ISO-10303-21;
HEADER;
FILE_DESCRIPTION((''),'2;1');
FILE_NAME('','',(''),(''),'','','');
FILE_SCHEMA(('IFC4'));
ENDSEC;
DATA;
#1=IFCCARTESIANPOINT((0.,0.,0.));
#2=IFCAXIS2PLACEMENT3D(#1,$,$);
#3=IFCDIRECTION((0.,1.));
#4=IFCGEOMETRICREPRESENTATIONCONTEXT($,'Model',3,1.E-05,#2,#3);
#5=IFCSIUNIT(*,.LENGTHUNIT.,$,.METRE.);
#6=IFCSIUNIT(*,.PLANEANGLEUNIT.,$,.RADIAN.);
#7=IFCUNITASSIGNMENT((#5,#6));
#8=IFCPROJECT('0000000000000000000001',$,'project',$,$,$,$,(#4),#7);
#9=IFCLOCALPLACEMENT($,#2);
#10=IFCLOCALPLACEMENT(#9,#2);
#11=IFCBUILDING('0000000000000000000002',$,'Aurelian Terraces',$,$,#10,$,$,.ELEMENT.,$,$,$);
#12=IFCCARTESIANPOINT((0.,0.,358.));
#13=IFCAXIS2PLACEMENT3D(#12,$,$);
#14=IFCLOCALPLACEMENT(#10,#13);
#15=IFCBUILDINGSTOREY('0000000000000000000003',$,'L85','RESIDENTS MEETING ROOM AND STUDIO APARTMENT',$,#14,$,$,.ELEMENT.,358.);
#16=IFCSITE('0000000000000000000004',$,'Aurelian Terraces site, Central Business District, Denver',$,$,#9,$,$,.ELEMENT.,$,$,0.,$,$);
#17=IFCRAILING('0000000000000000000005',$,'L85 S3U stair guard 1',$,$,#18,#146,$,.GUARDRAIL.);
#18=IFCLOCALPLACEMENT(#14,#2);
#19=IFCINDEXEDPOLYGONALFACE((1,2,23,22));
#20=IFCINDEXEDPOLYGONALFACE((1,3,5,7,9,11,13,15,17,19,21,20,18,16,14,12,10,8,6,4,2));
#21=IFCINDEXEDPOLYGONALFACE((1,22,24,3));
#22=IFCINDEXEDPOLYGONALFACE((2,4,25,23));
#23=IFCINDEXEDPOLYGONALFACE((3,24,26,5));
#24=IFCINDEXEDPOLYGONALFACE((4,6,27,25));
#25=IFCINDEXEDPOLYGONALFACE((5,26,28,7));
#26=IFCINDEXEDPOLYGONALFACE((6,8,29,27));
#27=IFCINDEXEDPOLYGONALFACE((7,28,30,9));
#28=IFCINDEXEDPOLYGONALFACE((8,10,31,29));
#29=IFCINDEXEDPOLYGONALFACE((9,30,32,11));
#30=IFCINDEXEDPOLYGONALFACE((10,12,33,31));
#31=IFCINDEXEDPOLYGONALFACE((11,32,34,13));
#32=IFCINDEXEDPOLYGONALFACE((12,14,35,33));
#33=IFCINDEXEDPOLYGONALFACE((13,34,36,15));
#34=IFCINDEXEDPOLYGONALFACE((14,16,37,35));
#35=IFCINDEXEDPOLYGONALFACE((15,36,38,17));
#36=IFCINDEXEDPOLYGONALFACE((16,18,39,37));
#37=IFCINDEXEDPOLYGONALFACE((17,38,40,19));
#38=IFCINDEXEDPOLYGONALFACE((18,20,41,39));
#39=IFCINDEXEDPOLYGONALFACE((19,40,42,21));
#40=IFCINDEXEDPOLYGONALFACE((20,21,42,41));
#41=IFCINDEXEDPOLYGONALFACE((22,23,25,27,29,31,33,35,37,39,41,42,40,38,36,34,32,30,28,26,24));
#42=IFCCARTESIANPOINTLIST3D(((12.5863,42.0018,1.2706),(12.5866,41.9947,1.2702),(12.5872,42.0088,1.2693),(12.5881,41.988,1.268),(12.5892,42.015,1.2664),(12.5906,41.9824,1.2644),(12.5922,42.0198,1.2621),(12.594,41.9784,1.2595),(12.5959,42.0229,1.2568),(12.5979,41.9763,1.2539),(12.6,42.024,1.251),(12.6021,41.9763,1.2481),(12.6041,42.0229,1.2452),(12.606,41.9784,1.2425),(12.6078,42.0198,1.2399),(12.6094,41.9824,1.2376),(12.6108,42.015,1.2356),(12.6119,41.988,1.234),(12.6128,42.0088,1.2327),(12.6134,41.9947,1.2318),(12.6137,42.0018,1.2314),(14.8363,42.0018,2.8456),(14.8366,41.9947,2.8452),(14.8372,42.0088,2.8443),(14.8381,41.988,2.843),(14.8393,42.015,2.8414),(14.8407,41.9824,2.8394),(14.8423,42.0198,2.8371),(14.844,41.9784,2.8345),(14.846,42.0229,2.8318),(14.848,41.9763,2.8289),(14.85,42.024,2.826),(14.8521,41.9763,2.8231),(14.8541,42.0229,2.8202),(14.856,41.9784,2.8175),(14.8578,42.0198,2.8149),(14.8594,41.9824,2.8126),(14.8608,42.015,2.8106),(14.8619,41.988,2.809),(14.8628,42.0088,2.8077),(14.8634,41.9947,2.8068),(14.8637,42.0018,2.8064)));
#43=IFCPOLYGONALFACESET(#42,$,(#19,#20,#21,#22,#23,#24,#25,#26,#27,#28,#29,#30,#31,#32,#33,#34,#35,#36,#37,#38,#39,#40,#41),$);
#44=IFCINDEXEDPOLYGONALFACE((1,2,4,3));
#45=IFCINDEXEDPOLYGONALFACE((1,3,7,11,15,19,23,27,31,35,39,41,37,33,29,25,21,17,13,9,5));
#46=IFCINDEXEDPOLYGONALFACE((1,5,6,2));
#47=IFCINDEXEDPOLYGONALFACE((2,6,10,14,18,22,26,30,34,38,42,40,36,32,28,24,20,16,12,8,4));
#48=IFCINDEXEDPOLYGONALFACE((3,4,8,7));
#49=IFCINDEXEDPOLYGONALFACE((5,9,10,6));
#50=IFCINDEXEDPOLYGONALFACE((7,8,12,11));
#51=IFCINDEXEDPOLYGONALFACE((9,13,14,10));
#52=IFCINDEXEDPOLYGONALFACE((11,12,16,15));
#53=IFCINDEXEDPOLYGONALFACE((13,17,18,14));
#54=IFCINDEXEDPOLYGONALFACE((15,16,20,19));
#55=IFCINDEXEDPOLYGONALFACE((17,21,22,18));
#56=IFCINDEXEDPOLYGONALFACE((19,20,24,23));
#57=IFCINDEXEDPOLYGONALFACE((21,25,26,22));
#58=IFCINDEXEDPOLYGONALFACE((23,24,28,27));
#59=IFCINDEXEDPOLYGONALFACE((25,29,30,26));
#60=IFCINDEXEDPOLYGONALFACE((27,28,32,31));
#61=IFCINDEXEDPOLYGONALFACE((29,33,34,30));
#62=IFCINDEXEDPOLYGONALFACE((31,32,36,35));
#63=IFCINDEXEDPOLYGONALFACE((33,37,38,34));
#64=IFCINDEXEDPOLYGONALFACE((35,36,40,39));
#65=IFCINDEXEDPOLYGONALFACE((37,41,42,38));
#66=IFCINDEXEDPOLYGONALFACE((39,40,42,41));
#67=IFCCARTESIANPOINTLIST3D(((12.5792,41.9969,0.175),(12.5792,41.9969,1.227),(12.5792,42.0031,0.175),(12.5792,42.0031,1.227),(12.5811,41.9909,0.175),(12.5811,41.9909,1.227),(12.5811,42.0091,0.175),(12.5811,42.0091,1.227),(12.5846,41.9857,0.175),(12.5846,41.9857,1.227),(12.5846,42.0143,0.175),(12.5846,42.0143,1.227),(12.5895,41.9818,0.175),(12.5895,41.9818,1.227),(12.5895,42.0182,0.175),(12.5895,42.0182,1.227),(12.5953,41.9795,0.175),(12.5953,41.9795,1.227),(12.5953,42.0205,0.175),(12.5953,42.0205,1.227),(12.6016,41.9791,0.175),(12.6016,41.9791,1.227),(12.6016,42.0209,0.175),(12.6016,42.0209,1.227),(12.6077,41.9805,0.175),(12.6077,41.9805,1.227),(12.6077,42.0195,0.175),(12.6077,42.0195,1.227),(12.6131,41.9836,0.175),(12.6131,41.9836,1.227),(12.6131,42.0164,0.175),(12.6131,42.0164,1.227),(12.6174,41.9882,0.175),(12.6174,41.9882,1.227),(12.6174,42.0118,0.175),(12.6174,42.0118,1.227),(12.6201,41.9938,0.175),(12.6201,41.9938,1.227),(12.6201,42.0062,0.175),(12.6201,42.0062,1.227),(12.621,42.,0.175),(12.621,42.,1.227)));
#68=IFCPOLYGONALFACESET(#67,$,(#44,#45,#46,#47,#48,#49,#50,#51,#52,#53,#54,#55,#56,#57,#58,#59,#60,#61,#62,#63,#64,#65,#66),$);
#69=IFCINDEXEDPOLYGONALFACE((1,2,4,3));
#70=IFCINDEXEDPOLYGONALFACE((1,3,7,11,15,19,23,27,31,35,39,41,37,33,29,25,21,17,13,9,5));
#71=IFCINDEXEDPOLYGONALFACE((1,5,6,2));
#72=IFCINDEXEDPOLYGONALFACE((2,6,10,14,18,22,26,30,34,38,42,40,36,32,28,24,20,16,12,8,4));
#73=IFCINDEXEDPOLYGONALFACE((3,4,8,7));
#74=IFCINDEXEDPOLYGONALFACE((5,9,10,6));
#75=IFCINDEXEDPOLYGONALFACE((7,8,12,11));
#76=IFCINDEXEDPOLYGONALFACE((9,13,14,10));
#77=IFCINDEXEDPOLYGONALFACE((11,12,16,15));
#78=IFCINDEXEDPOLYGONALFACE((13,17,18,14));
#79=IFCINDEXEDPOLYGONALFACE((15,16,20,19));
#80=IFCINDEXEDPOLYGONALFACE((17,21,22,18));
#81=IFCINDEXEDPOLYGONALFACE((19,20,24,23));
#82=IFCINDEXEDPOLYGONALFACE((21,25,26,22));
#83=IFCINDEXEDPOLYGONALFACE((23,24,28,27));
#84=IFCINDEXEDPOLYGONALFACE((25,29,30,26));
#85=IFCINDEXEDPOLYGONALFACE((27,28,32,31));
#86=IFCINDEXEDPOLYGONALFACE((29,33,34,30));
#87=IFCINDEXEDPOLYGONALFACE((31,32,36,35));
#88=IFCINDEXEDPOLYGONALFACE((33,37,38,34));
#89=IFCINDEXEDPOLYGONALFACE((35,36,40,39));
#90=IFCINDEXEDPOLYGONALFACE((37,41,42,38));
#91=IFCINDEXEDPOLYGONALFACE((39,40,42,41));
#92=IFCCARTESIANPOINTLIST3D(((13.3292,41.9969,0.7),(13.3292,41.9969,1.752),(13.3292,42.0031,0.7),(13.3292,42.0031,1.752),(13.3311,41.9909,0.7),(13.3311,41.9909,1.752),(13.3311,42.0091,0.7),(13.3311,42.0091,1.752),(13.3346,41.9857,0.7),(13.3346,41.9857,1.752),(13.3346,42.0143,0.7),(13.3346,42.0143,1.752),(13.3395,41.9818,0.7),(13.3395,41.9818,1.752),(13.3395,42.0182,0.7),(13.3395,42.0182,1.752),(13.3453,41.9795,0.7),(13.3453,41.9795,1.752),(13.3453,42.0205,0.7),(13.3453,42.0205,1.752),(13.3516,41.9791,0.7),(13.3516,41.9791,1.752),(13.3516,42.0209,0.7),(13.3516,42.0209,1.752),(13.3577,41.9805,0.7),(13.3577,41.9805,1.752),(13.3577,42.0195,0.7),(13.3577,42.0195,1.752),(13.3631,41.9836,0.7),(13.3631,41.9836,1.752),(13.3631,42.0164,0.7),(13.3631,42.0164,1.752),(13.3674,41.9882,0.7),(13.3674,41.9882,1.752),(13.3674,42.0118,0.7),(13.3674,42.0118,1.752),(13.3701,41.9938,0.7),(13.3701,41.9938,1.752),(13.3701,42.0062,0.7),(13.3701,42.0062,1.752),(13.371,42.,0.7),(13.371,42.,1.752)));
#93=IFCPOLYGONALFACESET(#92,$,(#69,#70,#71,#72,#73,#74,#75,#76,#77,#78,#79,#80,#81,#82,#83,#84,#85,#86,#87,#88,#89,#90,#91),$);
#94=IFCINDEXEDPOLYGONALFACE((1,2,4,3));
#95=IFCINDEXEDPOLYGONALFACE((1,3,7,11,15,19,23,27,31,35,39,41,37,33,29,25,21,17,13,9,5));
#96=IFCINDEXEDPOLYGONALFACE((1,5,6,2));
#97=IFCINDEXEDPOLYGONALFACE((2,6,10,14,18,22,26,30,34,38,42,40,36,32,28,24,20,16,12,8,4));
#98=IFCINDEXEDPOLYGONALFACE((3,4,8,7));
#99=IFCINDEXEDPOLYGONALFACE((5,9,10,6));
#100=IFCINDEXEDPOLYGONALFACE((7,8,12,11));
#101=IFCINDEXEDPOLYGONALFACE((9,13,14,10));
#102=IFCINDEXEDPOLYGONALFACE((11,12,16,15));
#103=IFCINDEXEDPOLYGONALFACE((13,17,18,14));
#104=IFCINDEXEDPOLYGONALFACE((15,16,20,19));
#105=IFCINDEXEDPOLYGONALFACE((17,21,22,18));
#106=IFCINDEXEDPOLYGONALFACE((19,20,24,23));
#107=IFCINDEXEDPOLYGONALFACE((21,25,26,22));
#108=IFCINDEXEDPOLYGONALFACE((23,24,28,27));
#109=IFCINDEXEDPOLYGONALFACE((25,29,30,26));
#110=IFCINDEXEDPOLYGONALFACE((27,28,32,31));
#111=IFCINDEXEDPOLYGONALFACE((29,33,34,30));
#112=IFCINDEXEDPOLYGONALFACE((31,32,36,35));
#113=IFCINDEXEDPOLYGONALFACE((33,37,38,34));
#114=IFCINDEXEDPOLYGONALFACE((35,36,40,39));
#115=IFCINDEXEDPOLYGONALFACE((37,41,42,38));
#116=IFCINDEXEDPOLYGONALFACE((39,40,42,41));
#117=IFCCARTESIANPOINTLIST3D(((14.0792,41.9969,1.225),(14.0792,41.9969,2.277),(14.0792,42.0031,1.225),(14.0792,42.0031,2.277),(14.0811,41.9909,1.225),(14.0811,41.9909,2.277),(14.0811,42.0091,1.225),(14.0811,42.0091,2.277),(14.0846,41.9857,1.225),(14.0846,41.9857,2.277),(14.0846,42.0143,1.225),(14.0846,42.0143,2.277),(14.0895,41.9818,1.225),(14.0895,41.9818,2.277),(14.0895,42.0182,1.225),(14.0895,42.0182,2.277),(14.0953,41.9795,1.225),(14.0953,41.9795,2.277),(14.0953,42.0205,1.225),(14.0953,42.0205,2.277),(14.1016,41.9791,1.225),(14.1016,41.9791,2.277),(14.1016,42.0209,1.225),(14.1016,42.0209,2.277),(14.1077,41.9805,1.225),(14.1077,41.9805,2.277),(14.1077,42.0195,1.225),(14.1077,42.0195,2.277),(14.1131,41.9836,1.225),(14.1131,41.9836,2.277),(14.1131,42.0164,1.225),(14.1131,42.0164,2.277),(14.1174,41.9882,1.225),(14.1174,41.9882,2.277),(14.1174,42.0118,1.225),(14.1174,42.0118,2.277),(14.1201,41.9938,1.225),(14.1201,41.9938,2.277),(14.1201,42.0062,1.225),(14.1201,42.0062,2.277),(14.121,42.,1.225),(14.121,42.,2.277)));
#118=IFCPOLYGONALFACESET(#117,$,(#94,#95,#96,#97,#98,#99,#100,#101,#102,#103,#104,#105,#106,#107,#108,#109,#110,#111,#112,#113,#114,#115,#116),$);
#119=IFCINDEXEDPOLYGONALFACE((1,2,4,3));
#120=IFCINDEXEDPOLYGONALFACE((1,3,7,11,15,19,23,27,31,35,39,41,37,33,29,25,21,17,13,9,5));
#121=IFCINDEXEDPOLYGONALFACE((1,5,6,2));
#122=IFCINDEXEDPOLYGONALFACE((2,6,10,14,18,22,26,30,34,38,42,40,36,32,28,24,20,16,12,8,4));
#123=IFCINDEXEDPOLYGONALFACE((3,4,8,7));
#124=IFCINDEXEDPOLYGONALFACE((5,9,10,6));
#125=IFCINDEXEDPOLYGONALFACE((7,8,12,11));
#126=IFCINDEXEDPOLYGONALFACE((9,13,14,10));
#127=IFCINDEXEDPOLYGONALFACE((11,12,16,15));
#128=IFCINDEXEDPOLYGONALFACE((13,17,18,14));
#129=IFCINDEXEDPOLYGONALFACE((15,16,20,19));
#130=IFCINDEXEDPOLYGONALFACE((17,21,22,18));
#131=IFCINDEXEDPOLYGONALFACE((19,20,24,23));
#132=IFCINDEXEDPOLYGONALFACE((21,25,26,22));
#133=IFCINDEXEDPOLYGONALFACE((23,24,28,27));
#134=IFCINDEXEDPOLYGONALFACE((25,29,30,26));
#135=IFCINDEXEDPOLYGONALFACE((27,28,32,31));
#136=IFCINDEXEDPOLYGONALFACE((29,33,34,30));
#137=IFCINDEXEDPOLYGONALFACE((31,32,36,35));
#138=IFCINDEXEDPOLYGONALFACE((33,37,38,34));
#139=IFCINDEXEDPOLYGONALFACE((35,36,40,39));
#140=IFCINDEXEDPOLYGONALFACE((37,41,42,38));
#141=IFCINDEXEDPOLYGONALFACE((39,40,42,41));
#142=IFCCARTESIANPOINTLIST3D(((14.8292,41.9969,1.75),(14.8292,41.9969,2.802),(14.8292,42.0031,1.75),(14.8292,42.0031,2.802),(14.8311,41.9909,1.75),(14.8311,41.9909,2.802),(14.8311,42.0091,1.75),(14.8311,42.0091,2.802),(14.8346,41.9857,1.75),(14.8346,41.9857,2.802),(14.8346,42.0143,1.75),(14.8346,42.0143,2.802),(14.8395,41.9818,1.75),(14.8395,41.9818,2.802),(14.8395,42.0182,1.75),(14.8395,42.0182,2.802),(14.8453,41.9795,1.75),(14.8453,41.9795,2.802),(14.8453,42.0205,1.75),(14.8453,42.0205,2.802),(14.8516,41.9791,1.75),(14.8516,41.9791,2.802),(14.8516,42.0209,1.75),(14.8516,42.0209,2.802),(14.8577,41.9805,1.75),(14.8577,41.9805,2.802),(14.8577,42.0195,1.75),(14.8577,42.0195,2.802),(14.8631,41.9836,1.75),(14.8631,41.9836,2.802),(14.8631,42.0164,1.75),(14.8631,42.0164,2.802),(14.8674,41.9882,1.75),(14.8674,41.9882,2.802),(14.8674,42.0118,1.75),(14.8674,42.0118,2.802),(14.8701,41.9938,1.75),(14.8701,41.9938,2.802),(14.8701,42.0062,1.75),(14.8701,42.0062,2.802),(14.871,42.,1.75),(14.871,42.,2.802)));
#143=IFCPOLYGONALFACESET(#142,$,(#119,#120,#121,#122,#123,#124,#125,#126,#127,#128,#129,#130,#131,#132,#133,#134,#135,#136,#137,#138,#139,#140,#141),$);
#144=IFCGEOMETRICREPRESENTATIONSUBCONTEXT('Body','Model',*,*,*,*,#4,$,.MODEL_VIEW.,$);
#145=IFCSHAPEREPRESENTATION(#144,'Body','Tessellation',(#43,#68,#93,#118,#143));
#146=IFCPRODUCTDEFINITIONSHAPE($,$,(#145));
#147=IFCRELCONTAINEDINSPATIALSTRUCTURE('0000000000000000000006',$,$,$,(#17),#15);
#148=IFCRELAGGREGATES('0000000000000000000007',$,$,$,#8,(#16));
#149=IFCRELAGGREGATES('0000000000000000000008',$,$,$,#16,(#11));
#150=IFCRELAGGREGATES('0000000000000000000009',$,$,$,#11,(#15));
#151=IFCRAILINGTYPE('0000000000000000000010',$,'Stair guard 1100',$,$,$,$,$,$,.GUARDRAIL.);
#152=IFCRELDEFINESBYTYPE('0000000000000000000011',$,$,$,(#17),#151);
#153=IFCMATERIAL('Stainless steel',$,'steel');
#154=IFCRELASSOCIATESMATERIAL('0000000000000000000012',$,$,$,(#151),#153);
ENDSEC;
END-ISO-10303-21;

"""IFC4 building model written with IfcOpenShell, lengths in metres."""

from ifc_helpers import new_model, si_unit, direction, frame, origin, origin_2d, place, context, subcontext, project, spatial, circle, extrude, source, transform, mapped, material, type_object, element, save


model = new_model("IFC4")

# Units and contexts
model_context = context("Model", 3, precision=1e-05, world=origin(), true_north=direction((0.0, 1.0)))
body_context = subcontext(model_context, "Body", "Model", "MODEL_VIEW")
ifc_project = project(units=[si_unit("LENGTHUNIT", "METRE"), si_unit("PLANEANGLEUNIT", "RADIAN")], contexts=[model_context])

# Site, building, storey
site_placement = place(None, origin())
site = spatial("IfcSite", under=ifc_project, at=site_placement, Name="Aurelian Terraces site, Central Business District, Denver", CompositionType="ELEMENT", RefElevation=0.0)
building_placement = place(site_placement, origin())
building = spatial("IfcBuilding", under=site, at=building_placement, Name="Aurelian Terraces", CompositionType="ELEMENT")
storey_placement = place(building_placement, frame((0.0, 0.0, 358.0)))
storey = spatial("IfcBuildingStorey", under=building, at=storey_placement, Name="L85", Description="RESIDENTS MEETING ROOM AND STUDIO APARTMENT", CompositionType="ELEMENT", Elevation=358.0)

# Railing
ifc_material_1 = material(Name="Stainless steel", Category="steel")
railing_type_1 = type_object("IfcRailingType", Name="Stair guard 1100", PredefinedType="GUARDRAIL", material=ifc_material_1)
shared_shape_1 = source(origin(), body_context, "Body", "SweptSolid", [
    extrude(circle(Radius=0.024, at=origin_2d()), frame((0.0, 0.0, 1.076), z_axis=(0.819232, 0.0, 0.573462), x_axis=(0.0, 1.0, 0.0)), (0.0, 0.0, 1.0), 2.7465),
    extrude(circle(Radius=0.021, at=origin_2d()), origin(), (0.0, 0.0, 1.0), 1.052),
    extrude(circle(Radius=0.021, at=origin_2d()), frame((0.75, 0.0, 0.525)), (0.0, 0.0, 1.0), 1.052),
    extrude(circle(Radius=0.021, at=origin_2d()), frame((1.5, 0.0, 1.05)), (0.0, 0.0, 1.0), 1.052),
    extrude(circle(Radius=0.021, at=origin_2d()), frame((2.25, 0.0, 1.575)), (0.0, 0.0, 1.0), 1.052),
])
railing_1_placement = place(storey_placement, frame((12.6, 42.0, 0.175)))
element("IfcRailing", 1, at=railing_1_placement, inside=storey, type_object=railing_type_1, Name="L85 S3U stair guard 1", PredefinedType="GUARDRAIL", context=body_context, shape_type="MappedRepresentation", body=[
    mapped(shared_shape_1, transform((0.0, 0.0, 0.0), scale=1.0)),
])

save(model, "model.ifc")
